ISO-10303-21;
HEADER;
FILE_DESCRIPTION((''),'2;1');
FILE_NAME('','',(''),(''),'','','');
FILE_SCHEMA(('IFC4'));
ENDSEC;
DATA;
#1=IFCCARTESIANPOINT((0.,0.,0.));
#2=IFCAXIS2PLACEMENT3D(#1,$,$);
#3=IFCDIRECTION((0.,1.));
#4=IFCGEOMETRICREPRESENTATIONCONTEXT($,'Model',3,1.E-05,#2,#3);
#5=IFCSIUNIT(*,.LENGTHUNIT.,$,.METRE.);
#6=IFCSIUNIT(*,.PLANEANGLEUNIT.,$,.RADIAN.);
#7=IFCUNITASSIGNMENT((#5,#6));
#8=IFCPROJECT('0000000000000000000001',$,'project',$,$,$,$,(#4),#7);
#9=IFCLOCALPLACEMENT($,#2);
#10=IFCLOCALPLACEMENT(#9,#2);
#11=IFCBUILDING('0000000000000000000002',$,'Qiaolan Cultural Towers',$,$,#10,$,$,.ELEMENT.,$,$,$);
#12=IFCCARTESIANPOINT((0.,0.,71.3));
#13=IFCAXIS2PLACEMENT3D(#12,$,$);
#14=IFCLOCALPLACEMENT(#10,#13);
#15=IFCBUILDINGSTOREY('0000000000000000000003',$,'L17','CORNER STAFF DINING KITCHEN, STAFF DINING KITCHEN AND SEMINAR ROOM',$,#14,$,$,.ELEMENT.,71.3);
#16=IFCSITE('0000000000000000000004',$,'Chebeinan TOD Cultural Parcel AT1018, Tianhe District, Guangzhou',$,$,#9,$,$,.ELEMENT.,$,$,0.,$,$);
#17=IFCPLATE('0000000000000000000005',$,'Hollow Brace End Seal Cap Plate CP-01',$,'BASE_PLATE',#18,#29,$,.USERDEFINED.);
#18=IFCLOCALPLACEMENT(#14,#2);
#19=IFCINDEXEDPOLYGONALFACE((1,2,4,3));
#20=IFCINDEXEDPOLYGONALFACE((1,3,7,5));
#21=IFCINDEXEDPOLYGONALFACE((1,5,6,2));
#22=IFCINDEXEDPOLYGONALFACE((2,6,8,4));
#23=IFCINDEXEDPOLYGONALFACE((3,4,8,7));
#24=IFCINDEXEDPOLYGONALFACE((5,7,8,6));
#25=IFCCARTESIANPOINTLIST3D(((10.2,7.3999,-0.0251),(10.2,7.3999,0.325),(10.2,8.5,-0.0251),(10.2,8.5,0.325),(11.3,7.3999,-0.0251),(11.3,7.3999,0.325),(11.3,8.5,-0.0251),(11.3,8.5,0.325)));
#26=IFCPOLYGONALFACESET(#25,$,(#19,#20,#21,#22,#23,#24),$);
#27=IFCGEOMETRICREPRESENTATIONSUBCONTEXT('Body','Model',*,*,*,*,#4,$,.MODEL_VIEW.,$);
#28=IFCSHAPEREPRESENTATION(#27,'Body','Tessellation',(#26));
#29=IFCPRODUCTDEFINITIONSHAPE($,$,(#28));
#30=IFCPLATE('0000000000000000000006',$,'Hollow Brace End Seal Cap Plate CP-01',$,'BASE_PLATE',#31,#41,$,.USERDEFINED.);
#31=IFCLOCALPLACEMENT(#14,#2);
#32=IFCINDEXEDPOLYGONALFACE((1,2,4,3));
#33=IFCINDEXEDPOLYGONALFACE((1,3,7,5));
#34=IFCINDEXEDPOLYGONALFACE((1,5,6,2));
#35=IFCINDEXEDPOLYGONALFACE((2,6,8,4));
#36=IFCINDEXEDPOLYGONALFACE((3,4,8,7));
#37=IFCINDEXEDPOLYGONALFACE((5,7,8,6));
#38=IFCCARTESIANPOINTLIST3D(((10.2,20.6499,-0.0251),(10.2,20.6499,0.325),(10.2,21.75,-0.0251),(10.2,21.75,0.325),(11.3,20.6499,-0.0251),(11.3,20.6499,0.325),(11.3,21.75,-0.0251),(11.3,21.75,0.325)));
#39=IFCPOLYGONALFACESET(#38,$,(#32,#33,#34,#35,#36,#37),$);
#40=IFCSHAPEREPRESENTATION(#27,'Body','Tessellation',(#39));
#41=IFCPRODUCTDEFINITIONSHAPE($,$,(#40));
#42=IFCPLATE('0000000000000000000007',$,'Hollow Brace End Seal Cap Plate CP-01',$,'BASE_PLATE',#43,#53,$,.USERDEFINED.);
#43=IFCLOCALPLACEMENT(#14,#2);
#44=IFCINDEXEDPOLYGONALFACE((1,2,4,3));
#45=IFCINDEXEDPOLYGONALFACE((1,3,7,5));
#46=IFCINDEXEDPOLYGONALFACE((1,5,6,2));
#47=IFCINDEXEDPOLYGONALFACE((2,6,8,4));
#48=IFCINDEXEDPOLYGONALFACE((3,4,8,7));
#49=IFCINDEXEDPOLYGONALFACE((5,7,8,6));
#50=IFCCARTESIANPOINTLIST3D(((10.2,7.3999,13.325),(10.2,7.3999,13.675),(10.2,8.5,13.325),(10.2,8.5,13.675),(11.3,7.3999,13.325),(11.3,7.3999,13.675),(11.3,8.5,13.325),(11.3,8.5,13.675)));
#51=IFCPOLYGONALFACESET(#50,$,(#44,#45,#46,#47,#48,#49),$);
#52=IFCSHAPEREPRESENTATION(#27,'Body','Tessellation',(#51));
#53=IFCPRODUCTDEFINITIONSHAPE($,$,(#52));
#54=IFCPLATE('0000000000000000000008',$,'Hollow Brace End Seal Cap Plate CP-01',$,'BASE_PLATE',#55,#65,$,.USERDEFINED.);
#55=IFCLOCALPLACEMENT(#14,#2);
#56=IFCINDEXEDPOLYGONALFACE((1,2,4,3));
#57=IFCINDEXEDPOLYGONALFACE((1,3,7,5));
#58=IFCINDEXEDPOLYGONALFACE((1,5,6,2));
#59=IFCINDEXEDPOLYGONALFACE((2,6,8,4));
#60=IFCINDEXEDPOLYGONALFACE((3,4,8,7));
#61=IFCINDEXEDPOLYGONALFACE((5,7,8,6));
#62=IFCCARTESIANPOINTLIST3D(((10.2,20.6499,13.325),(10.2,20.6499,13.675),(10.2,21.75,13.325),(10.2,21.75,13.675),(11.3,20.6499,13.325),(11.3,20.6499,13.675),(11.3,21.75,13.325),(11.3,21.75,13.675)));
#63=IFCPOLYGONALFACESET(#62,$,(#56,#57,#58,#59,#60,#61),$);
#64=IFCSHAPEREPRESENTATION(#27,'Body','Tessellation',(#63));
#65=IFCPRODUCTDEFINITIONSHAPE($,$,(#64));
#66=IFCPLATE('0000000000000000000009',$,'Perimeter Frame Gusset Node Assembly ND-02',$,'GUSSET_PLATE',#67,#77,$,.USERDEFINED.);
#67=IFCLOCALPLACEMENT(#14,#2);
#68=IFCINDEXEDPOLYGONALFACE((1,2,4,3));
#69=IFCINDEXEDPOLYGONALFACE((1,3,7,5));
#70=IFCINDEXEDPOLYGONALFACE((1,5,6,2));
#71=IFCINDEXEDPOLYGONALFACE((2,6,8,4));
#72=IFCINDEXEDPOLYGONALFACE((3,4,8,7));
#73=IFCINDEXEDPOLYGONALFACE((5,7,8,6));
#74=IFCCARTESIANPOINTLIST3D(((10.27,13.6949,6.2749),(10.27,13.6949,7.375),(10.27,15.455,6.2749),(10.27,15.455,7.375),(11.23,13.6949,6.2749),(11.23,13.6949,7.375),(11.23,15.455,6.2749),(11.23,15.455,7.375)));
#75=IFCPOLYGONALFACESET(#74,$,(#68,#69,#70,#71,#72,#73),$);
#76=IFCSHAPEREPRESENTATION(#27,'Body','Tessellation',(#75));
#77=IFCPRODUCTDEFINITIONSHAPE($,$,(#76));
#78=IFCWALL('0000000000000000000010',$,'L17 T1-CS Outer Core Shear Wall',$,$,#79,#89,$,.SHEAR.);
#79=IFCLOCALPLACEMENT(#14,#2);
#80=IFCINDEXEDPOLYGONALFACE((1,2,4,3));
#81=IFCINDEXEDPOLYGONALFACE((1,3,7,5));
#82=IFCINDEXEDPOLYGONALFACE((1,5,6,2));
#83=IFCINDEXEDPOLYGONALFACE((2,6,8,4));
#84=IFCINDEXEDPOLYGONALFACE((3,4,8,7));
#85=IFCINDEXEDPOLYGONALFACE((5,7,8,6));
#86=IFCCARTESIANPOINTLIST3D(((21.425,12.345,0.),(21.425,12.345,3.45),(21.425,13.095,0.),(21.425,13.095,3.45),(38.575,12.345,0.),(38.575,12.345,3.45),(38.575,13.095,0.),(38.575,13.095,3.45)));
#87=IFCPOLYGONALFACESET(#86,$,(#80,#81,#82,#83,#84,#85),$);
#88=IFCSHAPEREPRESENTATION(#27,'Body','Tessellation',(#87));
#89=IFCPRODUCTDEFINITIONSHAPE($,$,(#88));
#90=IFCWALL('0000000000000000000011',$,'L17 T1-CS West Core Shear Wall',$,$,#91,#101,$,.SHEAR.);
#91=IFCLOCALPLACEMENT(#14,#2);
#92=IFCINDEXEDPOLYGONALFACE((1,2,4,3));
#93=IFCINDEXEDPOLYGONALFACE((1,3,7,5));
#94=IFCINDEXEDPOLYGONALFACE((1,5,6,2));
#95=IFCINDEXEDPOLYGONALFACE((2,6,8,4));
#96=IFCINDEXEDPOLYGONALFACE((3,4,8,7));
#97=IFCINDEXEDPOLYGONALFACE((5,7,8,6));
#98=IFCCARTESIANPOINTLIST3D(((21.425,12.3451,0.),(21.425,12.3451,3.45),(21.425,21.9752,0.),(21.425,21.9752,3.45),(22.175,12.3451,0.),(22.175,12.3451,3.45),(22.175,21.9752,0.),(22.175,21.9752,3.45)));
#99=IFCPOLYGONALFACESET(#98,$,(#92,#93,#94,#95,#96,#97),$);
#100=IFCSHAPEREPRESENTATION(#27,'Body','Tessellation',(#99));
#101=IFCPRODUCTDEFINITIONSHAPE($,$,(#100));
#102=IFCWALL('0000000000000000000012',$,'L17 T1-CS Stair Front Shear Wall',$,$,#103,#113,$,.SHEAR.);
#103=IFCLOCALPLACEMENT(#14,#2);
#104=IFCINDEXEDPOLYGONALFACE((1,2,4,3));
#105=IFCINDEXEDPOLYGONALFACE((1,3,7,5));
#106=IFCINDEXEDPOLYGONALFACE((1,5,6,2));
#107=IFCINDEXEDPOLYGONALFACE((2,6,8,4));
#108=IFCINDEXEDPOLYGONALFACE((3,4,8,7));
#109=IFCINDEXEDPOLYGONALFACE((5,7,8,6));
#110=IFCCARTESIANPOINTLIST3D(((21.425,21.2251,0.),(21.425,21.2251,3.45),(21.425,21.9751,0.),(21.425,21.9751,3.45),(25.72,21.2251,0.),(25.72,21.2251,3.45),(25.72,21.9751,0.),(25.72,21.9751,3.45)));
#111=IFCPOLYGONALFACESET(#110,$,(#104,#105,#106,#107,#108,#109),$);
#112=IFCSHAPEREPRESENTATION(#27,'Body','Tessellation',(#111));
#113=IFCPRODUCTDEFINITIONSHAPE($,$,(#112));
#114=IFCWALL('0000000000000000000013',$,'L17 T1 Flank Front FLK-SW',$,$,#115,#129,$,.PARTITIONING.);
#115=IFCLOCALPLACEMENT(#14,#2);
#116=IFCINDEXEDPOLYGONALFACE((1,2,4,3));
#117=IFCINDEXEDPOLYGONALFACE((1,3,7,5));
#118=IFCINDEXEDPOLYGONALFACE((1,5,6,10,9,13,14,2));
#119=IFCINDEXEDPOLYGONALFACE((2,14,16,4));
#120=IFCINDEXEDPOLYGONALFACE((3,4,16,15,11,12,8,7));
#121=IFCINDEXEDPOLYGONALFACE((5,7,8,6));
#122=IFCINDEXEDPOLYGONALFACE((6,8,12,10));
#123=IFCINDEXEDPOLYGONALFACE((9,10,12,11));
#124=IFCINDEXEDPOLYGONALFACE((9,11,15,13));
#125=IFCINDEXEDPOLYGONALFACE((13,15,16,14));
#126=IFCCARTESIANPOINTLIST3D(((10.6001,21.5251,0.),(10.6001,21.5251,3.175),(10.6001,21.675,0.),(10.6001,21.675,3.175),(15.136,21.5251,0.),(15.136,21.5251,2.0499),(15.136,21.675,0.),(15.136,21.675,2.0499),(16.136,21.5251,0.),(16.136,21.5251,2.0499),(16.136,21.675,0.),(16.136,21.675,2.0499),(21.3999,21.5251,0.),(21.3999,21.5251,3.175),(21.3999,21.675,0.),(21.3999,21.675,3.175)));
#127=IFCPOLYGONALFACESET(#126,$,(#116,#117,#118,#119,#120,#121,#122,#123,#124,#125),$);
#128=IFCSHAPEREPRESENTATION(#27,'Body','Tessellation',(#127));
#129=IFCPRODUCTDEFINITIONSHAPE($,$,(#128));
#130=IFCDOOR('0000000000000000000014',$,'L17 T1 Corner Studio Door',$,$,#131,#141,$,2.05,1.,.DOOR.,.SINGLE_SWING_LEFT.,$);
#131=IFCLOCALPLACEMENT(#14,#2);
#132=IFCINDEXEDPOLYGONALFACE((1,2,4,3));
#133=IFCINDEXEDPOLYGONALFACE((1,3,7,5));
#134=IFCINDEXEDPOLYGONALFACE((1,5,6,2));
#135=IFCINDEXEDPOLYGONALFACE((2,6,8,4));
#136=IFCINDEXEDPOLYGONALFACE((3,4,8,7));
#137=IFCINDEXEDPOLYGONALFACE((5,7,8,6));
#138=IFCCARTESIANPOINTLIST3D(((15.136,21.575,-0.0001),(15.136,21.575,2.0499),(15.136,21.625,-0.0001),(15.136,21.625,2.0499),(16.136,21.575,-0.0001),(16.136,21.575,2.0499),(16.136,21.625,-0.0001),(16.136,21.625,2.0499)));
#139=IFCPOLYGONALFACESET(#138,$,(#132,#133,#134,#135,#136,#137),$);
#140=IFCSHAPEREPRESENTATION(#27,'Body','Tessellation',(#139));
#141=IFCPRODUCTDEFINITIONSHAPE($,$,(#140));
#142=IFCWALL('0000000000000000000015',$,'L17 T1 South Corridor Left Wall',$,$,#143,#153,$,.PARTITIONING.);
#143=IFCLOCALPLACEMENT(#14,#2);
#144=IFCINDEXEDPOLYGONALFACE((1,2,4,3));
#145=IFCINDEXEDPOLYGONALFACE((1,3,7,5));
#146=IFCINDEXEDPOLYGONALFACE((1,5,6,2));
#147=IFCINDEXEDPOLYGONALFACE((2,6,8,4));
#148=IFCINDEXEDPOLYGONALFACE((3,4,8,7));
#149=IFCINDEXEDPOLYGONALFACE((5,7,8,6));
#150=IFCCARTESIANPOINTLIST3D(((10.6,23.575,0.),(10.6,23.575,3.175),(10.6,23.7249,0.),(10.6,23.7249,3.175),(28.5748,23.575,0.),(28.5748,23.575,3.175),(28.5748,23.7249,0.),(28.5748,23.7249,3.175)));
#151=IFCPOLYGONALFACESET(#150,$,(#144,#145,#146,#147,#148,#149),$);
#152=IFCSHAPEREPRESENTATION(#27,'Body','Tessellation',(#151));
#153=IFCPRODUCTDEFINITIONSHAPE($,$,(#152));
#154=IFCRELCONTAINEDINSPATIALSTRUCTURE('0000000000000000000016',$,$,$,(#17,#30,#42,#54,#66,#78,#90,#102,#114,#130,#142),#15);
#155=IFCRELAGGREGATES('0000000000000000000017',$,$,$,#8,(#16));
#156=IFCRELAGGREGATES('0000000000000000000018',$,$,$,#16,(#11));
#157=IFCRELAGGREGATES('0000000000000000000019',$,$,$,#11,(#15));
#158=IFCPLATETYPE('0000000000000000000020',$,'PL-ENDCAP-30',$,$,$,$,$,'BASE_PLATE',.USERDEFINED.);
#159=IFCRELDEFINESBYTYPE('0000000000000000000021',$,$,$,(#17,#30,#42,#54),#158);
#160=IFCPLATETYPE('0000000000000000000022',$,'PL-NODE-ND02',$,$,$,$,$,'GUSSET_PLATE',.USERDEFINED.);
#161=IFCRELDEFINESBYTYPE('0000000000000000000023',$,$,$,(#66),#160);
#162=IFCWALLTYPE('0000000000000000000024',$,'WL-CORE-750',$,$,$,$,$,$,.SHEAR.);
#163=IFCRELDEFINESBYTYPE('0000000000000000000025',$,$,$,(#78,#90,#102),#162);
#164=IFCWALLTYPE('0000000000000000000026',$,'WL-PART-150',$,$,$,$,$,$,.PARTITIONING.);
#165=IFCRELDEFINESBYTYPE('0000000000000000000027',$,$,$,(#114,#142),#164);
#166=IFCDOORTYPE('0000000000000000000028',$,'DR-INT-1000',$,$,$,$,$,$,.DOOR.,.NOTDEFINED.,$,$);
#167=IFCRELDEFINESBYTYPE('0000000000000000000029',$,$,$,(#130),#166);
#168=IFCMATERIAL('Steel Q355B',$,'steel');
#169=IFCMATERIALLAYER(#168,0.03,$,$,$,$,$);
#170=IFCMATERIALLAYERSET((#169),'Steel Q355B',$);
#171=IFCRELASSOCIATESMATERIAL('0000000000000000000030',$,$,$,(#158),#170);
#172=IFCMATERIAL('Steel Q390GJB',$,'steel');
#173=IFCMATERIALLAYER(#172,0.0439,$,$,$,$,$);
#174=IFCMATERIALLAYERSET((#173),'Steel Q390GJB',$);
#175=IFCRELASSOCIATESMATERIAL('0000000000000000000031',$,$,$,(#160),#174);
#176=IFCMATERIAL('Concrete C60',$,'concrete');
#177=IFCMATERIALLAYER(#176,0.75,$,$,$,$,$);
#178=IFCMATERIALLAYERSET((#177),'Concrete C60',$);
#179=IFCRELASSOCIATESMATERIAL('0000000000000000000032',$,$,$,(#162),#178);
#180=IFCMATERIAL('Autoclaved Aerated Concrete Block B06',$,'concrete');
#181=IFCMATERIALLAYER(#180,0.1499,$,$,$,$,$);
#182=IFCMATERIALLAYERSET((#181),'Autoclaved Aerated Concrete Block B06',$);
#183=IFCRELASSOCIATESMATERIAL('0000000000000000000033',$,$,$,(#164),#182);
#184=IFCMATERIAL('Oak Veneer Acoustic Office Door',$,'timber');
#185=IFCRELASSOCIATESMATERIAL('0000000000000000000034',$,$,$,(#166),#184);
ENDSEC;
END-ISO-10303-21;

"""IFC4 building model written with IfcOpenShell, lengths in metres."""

from ifc_helpers import new_model, si_unit, direction, frame, frame_2d, origin, origin_2d, place, context, subcontext, project, spatial, rectangle, extrude, material, layer, layer_set, type_object, element, fill, save


model = new_model("IFC4")

# Units and contexts
model_context = context("Model", 3, precision=1e-05, world=origin(), true_north=direction((0.0, 1.0)))
body_context = subcontext(model_context, "Body", "Model", "MODEL_VIEW")
ifc_project = project(units=[si_unit("LENGTHUNIT", "METRE"), si_unit("PLANEANGLEUNIT", "RADIAN")], contexts=[model_context])

# Site, building, storey
site_placement = place(None, origin())
site = spatial("IfcSite", under=ifc_project, at=site_placement, Name="Chebeinan TOD Cultural Parcel AT1018, Tianhe District, Guangzhou", CompositionType="ELEMENT", RefElevation=0.0)
building_placement = place(site_placement, origin())
building = spatial("IfcBuilding", under=site, at=building_placement, Name="Qiaolan Cultural Towers", CompositionType="ELEMENT")
storey_placement = place(building_placement, frame((0.0, 0.0, 71.3)))
storey = spatial("IfcBuildingStorey", under=building, at=storey_placement, Name="L17", Description="CORNER STAFF DINING KITCHEN, STAFF DINING KITCHEN AND SEMINAR ROOM", CompositionType="ELEMENT", Elevation=71.3)

# Plates
ifc_material_1 = material(Name="Steel Q355B", Category="steel")
ifc_layer_1 = layer(ifc_material_1, 0.03)
ifc_layer_set_1 = layer_set([ifc_layer_1], Name="Steel Q355B")
plate_type_1 = type_object("IfcPlateType", Name="PL-ENDCAP-30", ElementType="BASE_PLATE", PredefinedType="USERDEFINED", material=ifc_layer_set_1)
for number, where, z_axis, x_axis, name in (
    (1, (10.75, 7.95, -0.0251), (0.0, 0.0, 1.0), (0.0, 1.0, 0.0), "Hollow Brace End Seal Cap Plate CP-01"),
    (2, (10.75, 21.2, -0.0251), (0.0, 0.0, 1.0), (0.0, 1.0, 0.0), "Hollow Brace End Seal Cap Plate CP-01"),
    (3, (10.75, 7.95, 13.325), (0.0, 0.0, 1.0), (0.0, 1.0, 0.0), "Hollow Brace End Seal Cap Plate CP-01"),
    (4, (10.75, 21.2, 13.325), (0.0, 0.0, 1.0), (0.0, 1.0, 0.0), "Hollow Brace End Seal Cap Plate CP-01"),
):
    element("IfcPlate", number, at=place(storey_placement, frame(where, z_axis=z_axis, x_axis=x_axis)), inside=storey, type_object=plate_type_1, Name=name, ObjectType="BASE_PLATE", PredefinedType="USERDEFINED", context=body_context, shape_type="SweptSolid", body=[
        extrude(rectangle(XDim=1.1001, YDim=1.1001, at=origin_2d()), origin(), (0.0, 0.0, 1.0), 0.3501),
    ])
ifc_material_2 = material(Name="Steel Q390GJB", Category="steel")
ifc_layer_2 = layer(ifc_material_2, 0.0439)
ifc_layer_set_2 = layer_set([ifc_layer_2], Name="Steel Q390GJB")
plate_type_2 = type_object("IfcPlateType", Name="PL-NODE-ND02", ElementType="GUSSET_PLATE", PredefinedType="USERDEFINED", material=ifc_layer_set_2)
plate_placement = place(storey_placement, frame((10.75, 14.575, 6.2749), z_axis=(0.0, 0.0, 1.0), x_axis=(0.0, 1.0, 0.0)))
element("IfcPlate", 5, at=plate_placement, inside=storey, type_object=plate_type_2, Name="Perimeter Frame Gusset Node Assembly ND-02", ObjectType="GUSSET_PLATE", PredefinedType="USERDEFINED", context=body_context, shape_type="SweptSolid", body=[
    extrude(rectangle(XDim=1.76, YDim=0.96, at=origin_2d()), origin(), (0.0, 0.0, 1.0), 1.1001),
])

# Walls
ifc_material_3 = material(Name="Concrete C60", Category="concrete")
ifc_layer_3 = layer(ifc_material_3, 0.75)
ifc_layer_set_3 = layer_set([ifc_layer_3], Name="Concrete C60")
wall_type_1 = type_object("IfcWallType", Name="WL-CORE-750", PredefinedType="SHEAR", material=ifc_layer_set_3)
wall_1_placement = place(storey_placement, frame((21.425, 12.72, 0.0), z_axis=(0.0, 0.0, 1.0), x_axis=(1.0, 0.0, 0.0)))
element("IfcWall", 6, at=wall_1_placement, inside=storey, type_object=wall_type_1, Name="L17 T1-CS Outer Core Shear Wall", PredefinedType="SHEAR", context=body_context, shape_type="SweptSolid", body=[
    extrude(rectangle(XDim=17.1499, YDim=0.75, at=frame_2d((8.575, 0.0))), origin(), (0.0, 0.0, 1.0), 3.45),
])
wall_2_placement = place(storey_placement, frame((21.8, 21.9751, 0.0), z_axis=(0.0, 0.0, 1.0), x_axis=(0.0, -1.0, 0.0)))
element("IfcWall", 7, at=wall_2_placement, inside=storey, type_object=wall_type_1, Name="L17 T1-CS West Core Shear Wall", PredefinedType="SHEAR", context=body_context, shape_type="SweptSolid", body=[
    extrude(rectangle(XDim=9.6301, YDim=0.75, at=frame_2d((4.8149, 0.0))), origin(), (0.0, 0.0, 1.0), 3.45),
])
wall_3_placement = place(storey_placement, frame((21.425, 21.6001, 0.0), z_axis=(0.0, 0.0, 1.0), x_axis=(1.0, 0.0, 0.0)))
element("IfcWall", 8, at=wall_3_placement, inside=storey, type_object=wall_type_1, Name="L17 T1-CS Stair Front Shear Wall", PredefinedType="SHEAR", context=body_context, shape_type="SweptSolid", body=[
    extrude(rectangle(XDim=4.2949, YDim=0.75, at=frame_2d((2.1475, 0.0))), origin(), (0.0, 0.0, 1.0), 3.45),
])

# Wall, opening, door
ifc_material_4 = material(Name="Autoclaved Aerated Concrete Block B06", Category="concrete")
ifc_layer_4 = layer(ifc_material_4, 0.1499)
ifc_layer_set_4 = layer_set([ifc_layer_4], Name="Autoclaved Aerated Concrete Block B06")
wall_type_2 = type_object("IfcWallType", Name="WL-PART-150", PredefinedType="PARTITIONING", material=ifc_layer_set_4)
wall_4_placement = place(storey_placement, frame((10.6001, 21.6001, 0.0), z_axis=(0.0, 0.0, 1.0), x_axis=(1.0, 0.0, 0.0)))
wall_4 = element("IfcWall", 9, at=wall_4_placement, inside=storey, type_object=wall_type_2, Name="L17 T1 Flank Front FLK-SW", PredefinedType="PARTITIONING", context=body_context, shape_type="SweptSolid", body=[
    extrude(rectangle(XDim=10.7998, YDim=0.1499, at=frame_2d((5.3999, 0.0))), origin(), (0.0, 0.0, 1.0), 3.175),
])
opening_placement = place(wall_4_placement, frame((4.5359, 0.0, 0.0)))
opening = element("IfcOpeningElement", 10, at=opening_placement, cuts=wall_4, PredefinedType="OPENING", context=body_context, shape_type="SweptSolid", body=[
    extrude(rectangle(XDim=1.0, YDim=2.05, at=frame_2d((0.5, 1.0249))), frame((0.0, 0.085, 0.0), z_axis=(0.0, -1.0, 0.0), x_axis=(1.0, 0.0, 0.0)), (0.0, 0.0, 1.0), 0.1699),
])
ifc_material_5 = material(Name="Oak Veneer Acoustic Office Door", Category="timber")
door_type = type_object("IfcDoorType", Name="DR-INT-1000", OperationType="NOTDEFINED", PredefinedType="DOOR", material=ifc_material_5)
door_placement = place(opening_placement, origin())
door = element("IfcDoor", 11, at=door_placement, inside=storey, type_object=door_type, Name="L17 T1 Corner Studio Door", OperationType="SINGLE_SWING_LEFT", OverallHeight=2.05, OverallWidth=1.0, PredefinedType="DOOR", context=body_context, shape_type="SweptSolid", body=[
    extrude(rectangle(XDim=1.0, YDim=2.05, at=frame_2d((0.5, 1.0249))), frame((0.0, 0.0249, 0.0), z_axis=(0.0, -1.0, 0.0), x_axis=(1.0, 0.0, 0.0)), (0.0, 0.0, 1.0), 0.05),
])
fill(opening, door)

# Wall
wall_5_placement = place(storey_placement, frame((10.6001, 23.6499, 0.0), z_axis=(0.0, 0.0, 1.0), x_axis=(1.0, 0.0, 0.0)))
element("IfcWall", 12, at=wall_5_placement, inside=storey, type_object=wall_type_2, Name="L17 T1 South Corridor Left Wall", PredefinedType="PARTITIONING", context=body_context, shape_type="SweptSolid", body=[
    extrude(rectangle(XDim=17.9749, YDim=0.1499, at=frame_2d((8.9873, 0.0))), origin(), (0.0, 0.0, 1.0), 3.175),
])

save(model, "model.ifc")
